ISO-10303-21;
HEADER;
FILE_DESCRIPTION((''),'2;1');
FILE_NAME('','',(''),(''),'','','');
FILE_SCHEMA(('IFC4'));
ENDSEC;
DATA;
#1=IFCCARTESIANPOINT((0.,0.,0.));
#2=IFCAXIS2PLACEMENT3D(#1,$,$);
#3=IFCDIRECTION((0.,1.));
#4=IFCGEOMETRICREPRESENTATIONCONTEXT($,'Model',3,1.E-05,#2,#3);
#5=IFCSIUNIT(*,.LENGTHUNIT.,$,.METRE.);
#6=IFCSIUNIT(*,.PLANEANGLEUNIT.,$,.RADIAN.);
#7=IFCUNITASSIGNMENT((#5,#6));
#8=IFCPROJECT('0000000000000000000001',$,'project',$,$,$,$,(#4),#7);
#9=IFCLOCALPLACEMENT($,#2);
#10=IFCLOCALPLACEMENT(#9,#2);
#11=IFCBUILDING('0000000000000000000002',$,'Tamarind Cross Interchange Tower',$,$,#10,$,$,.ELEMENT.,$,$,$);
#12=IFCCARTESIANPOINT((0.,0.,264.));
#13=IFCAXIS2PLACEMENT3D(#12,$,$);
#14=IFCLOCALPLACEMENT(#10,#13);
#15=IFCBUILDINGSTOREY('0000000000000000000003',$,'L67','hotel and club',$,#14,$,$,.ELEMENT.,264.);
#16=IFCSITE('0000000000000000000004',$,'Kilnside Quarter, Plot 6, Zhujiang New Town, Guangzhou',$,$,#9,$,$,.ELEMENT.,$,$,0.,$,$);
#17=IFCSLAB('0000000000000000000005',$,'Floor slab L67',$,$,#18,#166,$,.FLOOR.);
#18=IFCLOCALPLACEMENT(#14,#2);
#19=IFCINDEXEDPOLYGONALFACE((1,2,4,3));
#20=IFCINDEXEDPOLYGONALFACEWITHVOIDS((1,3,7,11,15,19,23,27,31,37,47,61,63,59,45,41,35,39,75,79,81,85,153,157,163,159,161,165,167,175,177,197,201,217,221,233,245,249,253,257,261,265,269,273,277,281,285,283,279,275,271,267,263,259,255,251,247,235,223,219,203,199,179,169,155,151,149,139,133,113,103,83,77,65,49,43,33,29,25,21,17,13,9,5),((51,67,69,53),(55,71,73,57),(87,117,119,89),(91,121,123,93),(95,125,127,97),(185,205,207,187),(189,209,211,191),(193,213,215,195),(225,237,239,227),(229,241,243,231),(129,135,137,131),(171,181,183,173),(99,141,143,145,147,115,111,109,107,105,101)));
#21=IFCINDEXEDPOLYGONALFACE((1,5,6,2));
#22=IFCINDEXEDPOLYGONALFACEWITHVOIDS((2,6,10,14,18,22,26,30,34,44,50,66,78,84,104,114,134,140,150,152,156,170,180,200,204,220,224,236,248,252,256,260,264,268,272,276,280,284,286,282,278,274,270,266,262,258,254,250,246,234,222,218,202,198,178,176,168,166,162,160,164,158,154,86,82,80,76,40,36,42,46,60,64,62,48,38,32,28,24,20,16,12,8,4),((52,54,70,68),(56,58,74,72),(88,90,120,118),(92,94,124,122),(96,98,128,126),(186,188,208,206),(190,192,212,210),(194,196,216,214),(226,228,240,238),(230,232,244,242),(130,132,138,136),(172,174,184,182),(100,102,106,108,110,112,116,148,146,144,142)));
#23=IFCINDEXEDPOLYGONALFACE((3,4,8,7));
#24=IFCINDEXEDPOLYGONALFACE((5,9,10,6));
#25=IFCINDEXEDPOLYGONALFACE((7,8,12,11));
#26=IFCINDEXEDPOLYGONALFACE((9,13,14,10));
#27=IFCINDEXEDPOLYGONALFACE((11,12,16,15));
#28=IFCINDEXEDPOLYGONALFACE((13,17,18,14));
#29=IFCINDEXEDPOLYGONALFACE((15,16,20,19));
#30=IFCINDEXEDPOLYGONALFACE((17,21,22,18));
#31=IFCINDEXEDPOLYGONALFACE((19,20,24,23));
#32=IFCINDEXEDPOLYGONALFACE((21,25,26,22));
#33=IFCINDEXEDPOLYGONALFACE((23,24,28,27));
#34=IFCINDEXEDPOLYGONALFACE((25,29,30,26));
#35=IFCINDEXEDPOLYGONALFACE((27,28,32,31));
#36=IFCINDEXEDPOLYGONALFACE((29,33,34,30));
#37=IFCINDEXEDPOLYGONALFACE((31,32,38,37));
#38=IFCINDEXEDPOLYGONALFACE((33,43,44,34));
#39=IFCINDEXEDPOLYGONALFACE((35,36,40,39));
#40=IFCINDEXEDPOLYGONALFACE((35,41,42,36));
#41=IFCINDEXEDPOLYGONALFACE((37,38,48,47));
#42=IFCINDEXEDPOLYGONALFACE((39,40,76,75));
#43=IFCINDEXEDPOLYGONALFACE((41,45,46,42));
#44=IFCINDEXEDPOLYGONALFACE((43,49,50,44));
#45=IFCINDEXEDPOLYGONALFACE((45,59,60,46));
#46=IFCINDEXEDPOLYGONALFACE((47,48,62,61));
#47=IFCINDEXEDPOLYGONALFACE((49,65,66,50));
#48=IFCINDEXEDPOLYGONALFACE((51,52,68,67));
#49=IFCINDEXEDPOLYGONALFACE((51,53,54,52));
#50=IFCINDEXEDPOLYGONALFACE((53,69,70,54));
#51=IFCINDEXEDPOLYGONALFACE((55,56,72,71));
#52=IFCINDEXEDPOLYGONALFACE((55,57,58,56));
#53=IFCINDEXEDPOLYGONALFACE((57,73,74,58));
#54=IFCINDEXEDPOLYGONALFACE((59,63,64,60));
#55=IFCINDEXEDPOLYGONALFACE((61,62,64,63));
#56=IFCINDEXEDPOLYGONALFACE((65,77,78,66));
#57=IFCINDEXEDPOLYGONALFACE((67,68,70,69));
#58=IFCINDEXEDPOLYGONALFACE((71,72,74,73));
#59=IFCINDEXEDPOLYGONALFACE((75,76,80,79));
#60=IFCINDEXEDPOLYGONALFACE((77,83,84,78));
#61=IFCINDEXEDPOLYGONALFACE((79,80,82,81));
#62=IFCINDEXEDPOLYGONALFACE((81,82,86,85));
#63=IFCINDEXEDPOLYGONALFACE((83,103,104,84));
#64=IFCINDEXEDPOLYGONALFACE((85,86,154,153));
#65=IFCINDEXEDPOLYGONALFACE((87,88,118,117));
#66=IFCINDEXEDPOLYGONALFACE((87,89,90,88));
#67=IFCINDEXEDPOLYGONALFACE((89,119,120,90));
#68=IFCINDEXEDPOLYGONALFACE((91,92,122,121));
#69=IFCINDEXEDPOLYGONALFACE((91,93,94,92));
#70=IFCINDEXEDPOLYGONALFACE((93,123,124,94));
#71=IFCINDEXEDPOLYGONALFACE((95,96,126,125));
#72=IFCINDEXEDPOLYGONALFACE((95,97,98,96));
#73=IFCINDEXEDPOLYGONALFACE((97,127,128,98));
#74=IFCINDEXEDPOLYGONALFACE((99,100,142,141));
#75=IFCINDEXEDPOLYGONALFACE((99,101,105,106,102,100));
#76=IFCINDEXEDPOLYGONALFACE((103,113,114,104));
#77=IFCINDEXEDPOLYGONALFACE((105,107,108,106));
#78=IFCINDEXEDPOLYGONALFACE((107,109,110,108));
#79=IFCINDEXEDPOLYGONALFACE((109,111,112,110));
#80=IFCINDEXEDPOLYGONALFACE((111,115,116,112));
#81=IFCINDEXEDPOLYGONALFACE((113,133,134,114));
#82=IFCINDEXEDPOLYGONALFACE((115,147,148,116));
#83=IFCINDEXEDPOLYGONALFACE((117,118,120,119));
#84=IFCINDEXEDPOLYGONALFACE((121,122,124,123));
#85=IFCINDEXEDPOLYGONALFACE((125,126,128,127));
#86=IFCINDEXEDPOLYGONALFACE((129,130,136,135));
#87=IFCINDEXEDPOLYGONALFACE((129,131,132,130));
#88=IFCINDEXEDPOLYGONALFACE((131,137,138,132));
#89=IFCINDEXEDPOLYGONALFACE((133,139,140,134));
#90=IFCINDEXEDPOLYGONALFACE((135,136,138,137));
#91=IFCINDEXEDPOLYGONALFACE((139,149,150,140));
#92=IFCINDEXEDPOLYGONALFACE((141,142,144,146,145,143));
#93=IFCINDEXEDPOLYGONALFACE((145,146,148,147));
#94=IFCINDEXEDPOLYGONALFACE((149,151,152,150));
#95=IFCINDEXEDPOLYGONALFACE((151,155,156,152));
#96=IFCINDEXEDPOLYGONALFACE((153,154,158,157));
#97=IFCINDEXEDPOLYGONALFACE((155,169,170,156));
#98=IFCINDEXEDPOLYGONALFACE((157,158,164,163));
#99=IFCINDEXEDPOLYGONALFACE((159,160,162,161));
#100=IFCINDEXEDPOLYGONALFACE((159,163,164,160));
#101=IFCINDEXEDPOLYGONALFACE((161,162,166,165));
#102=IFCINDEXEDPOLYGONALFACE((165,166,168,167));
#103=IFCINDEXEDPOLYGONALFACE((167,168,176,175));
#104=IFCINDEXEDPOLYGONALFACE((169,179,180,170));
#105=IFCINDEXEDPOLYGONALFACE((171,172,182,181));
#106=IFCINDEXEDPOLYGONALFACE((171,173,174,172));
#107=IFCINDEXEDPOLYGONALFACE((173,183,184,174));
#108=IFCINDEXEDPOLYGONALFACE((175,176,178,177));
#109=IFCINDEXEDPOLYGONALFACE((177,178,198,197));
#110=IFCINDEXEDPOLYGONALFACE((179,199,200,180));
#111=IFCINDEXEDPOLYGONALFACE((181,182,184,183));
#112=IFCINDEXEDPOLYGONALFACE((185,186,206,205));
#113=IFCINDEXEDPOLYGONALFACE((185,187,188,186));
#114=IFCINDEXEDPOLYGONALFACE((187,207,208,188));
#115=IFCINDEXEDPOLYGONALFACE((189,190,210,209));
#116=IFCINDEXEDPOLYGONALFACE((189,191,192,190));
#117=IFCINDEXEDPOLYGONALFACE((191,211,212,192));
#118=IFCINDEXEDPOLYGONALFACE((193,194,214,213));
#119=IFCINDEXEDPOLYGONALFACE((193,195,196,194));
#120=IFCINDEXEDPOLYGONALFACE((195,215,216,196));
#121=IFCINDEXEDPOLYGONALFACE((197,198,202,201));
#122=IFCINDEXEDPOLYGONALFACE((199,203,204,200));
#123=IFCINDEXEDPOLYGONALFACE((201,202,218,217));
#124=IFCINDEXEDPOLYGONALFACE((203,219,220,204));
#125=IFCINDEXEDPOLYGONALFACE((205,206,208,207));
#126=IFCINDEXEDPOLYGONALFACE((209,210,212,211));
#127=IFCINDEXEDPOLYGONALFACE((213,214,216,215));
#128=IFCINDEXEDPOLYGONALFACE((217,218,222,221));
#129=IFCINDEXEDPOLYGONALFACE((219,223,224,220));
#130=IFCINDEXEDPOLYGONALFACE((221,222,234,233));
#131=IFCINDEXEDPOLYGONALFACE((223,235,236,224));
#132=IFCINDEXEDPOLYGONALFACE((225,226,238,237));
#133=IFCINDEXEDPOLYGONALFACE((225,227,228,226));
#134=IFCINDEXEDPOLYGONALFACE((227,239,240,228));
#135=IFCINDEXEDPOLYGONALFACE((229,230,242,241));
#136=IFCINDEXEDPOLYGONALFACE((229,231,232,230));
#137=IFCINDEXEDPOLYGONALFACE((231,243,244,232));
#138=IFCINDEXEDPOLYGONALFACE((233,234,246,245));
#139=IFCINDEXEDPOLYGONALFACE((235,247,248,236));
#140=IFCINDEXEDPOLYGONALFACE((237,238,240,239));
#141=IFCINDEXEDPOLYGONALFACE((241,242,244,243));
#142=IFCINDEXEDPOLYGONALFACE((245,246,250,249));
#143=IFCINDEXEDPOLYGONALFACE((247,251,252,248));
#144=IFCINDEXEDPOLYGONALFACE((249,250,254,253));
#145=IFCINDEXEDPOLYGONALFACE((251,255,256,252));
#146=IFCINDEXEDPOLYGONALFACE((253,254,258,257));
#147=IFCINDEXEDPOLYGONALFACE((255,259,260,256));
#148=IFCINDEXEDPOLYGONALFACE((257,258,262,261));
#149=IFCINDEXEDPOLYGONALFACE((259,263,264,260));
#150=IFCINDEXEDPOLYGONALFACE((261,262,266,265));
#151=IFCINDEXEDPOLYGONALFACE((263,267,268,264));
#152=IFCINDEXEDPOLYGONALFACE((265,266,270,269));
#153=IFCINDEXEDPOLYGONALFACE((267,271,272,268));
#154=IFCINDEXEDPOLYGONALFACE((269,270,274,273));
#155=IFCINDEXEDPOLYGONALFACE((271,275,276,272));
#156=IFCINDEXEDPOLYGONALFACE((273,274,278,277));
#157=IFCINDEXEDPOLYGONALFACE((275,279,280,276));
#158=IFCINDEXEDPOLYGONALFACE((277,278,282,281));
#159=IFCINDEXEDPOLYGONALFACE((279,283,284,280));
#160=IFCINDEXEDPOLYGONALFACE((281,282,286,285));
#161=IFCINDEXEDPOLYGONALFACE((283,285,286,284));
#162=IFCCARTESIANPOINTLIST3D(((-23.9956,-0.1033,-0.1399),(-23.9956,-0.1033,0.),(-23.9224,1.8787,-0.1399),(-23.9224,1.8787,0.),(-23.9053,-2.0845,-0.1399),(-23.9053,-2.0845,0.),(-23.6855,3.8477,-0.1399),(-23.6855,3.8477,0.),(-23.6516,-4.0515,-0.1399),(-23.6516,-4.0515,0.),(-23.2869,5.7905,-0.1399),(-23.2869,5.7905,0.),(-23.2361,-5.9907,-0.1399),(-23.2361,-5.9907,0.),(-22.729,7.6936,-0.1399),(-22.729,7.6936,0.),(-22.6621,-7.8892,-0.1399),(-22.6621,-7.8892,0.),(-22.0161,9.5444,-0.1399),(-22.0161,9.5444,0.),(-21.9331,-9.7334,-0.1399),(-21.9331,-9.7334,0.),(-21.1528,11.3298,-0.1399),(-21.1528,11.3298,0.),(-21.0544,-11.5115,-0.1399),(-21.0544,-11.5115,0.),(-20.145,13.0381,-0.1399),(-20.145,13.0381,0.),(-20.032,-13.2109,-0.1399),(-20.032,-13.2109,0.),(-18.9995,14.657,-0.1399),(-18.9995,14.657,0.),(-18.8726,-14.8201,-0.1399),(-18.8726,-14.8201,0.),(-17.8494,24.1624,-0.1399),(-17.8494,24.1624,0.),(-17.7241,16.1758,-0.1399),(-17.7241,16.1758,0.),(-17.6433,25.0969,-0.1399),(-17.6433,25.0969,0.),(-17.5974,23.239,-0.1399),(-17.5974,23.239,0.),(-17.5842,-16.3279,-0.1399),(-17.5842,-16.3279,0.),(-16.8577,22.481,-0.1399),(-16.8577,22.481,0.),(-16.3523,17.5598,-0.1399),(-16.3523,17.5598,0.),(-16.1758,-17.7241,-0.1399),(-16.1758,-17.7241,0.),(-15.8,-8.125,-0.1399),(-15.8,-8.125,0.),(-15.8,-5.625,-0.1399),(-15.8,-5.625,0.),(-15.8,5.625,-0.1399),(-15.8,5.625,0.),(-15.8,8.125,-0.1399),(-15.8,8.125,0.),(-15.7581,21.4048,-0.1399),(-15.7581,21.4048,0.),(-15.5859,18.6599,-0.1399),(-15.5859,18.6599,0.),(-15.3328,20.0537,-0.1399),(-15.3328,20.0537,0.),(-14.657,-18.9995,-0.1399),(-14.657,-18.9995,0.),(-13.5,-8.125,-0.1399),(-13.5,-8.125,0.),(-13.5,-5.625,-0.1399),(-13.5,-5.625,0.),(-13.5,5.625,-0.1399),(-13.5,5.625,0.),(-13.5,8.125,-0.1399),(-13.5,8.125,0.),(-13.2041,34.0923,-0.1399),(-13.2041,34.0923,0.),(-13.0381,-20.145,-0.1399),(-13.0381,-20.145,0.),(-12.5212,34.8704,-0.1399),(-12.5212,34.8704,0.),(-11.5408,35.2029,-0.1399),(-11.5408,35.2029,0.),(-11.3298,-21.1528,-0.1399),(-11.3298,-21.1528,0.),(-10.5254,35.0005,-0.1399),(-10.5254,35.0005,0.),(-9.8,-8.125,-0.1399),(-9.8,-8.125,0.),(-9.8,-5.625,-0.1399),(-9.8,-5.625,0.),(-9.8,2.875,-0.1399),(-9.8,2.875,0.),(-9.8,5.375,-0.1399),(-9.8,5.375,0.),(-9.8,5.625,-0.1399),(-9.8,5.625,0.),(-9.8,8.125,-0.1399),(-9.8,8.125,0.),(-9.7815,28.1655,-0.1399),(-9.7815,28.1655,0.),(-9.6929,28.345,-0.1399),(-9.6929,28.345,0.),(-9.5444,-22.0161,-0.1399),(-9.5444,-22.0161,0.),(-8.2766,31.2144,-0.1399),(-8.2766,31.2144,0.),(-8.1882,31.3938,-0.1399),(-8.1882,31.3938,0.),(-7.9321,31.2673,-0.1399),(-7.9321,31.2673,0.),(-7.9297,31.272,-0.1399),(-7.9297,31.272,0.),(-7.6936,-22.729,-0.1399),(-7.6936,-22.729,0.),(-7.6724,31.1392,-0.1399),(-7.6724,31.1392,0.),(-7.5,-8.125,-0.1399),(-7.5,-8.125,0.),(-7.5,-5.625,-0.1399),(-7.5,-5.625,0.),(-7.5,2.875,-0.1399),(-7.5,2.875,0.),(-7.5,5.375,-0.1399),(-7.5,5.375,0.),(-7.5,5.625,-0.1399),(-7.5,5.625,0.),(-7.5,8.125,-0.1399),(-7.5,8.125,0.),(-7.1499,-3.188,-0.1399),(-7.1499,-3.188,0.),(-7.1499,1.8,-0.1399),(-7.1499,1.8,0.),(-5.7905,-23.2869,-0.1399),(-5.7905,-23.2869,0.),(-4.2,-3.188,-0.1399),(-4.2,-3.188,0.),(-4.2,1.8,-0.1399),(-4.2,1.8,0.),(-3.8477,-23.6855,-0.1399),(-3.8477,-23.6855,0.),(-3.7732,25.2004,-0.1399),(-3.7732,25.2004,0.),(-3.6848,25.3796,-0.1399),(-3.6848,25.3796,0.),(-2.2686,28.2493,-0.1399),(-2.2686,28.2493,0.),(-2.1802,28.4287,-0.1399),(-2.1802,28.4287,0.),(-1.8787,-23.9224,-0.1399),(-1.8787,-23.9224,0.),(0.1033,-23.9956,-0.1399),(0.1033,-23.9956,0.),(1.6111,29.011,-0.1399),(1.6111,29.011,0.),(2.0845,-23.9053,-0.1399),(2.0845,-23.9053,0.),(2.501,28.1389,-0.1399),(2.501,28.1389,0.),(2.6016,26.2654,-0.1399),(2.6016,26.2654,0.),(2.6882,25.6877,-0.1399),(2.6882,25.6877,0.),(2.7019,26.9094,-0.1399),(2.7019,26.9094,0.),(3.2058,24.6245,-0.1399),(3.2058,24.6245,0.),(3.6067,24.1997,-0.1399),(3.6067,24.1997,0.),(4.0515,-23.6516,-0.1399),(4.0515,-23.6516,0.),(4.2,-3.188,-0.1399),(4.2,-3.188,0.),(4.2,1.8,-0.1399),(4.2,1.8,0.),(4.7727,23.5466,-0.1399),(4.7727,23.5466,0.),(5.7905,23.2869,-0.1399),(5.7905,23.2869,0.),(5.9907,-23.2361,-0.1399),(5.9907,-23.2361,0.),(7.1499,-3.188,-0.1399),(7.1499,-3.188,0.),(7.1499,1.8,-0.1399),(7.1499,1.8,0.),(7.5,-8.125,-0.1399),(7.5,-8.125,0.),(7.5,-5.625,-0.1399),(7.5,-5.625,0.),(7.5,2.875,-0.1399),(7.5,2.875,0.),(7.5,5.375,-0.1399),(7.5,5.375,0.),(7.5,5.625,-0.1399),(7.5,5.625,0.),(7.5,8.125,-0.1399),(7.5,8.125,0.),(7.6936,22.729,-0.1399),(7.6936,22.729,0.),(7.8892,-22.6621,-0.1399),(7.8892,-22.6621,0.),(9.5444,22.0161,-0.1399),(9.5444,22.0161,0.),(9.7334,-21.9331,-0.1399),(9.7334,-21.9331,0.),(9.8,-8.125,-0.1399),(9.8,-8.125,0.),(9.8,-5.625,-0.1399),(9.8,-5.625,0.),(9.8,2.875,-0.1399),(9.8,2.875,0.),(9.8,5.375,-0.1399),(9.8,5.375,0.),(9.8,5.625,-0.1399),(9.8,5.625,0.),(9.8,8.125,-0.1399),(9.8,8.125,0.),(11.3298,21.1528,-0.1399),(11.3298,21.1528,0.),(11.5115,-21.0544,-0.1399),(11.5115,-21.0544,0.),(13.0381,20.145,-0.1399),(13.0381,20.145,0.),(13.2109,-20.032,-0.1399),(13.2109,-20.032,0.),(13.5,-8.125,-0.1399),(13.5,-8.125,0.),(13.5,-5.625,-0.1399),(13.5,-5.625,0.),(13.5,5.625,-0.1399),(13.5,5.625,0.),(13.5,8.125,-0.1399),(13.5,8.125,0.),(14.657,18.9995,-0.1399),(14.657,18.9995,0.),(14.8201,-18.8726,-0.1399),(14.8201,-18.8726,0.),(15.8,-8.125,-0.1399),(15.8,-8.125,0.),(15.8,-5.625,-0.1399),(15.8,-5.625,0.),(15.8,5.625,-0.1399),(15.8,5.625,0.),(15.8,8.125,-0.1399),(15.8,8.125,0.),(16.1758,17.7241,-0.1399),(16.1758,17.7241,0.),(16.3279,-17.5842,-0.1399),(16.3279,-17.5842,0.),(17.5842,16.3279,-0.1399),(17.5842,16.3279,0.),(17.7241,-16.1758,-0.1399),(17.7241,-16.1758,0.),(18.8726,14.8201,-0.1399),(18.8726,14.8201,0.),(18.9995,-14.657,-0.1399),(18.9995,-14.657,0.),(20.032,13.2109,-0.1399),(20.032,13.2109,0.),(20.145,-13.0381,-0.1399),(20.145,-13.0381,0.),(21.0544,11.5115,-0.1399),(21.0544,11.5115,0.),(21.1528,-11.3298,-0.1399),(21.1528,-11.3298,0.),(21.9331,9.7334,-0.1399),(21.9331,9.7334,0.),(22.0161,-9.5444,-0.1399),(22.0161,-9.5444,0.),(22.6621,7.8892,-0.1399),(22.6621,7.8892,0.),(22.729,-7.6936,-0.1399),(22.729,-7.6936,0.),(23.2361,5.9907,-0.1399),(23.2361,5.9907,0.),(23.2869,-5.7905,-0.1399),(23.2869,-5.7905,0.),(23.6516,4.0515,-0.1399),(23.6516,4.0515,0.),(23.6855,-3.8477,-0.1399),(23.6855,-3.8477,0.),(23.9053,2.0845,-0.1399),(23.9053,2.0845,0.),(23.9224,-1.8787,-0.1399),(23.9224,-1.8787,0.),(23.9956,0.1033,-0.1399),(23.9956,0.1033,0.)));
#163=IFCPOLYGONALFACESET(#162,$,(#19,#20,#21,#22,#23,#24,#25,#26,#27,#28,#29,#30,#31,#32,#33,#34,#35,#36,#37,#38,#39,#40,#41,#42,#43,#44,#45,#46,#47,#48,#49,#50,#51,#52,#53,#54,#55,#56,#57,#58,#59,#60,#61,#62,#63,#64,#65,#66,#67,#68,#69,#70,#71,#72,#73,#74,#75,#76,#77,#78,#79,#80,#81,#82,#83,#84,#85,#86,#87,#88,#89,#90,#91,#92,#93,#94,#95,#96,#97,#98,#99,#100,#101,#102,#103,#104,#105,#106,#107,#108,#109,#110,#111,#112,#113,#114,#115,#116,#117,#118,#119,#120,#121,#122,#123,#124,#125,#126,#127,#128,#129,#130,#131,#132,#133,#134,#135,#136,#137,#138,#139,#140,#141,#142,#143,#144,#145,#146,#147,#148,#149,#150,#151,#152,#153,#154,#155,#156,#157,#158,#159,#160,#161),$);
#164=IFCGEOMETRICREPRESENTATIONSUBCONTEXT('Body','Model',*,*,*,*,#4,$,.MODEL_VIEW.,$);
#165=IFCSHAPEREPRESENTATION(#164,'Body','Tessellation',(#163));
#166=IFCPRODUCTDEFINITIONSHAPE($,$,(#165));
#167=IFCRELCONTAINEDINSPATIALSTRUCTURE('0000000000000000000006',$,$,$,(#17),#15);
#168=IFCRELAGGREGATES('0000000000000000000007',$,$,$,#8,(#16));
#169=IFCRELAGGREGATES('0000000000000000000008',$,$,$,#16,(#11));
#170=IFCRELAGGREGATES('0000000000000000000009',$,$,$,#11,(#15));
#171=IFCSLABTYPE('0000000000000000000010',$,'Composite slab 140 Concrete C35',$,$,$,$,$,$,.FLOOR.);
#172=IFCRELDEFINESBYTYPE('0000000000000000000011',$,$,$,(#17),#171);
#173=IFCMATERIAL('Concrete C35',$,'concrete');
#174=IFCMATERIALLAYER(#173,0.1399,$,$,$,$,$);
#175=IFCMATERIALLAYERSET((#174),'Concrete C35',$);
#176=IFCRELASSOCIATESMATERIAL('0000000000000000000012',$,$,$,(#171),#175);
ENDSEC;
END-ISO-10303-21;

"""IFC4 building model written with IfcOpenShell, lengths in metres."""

from ifc_helpers import new_model, si_unit, direction, frame, origin, place, context, subcontext, project, spatial, polyline, outline, extrude, material, layer, layer_set, type_object, element, save


model = new_model("IFC4")

# Units and contexts
model_context = context("Model", 3, precision=1e-05, world=origin(), true_north=direction((0.0, 1.0)))
body_context = subcontext(model_context, "Body", "Model", "MODEL_VIEW")
ifc_project = project(units=[si_unit("LENGTHUNIT", "METRE"), si_unit("PLANEANGLEUNIT", "RADIAN")], contexts=[model_context])

# Site, building, storey
site_placement = place(None, origin())
site = spatial("IfcSite", under=ifc_project, at=site_placement, Name="Kilnside Quarter, Plot 6, Zhujiang New Town, Guangzhou", CompositionType="ELEMENT", RefElevation=0.0)
building_placement = place(site_placement, origin())
building = spatial("IfcBuilding", under=site, at=building_placement, Name="Tamarind Cross Interchange Tower", CompositionType="ELEMENT")
storey_placement = place(building_placement, frame((0.0, 0.0, 264.0)))
storey = spatial("IfcBuildingStorey", under=building, at=storey_placement, Name="L67", Description="hotel and club", CompositionType="ELEMENT", Elevation=264.0)

# Slab
ifc_material_1 = material(Name="Concrete C35", Category="concrete")
ifc_layer_1 = layer(ifc_material_1, 0.1399)
ifc_layer_set_1 = layer_set([ifc_layer_1], Name="Concrete C35")
slab_type = type_object("IfcSlabType", Name="Composite slab 140 Concrete C35", PredefinedType="FLOOR", material=ifc_layer_set_1)
slab_1_placement = place(storey_placement, frame((0.0, 0.0, -0.1399)))
element("IfcSlab", 1, at=slab_1_placement, inside=storey, type_object=slab_type, Name="Floor slab L67", PredefinedType="FLOOR", context=body_context, shape_type="SweptSolid", body=[
    extrude(outline(polyline([(2.501, 28.1389), (1.6111, 29.011), (-10.5254, 35.0005), (-11.5408, 35.2029), (-12.5212, 34.8704), (-13.2041, 34.0923), (-17.6433, 25.0969), (-17.8494, 24.1624), (-17.5974, 23.239), (-16.8577, 22.481), (-15.7581, 21.4048), (-15.3328, 20.0537), (-15.5859, 18.6599), (-16.3523, 17.5598), (-17.7241, 16.1758), (-18.9995, 14.657), (-20.145, 13.0381), (-21.1528, 11.3298), (-22.0161, 9.5444), (-22.729, 7.6936), (-23.2869, 5.7905), (-23.6855, 3.8477), (-23.9224, 1.8787), (-23.9956, -0.1033), (-23.9053, -2.0845), (-23.6516, -4.0515), (-23.2361, -5.9907), (-22.6621, -7.8892), (-21.9331, -9.7334), (-21.0544, -11.5115), (-20.032, -13.2109), (-18.8726, -14.8201), (-17.5842, -16.3279), (-16.1758, -17.7241), (-14.657, -18.9995), (-13.0381, -20.145), (-11.3298, -21.1528), (-9.5444, -22.0161), (-7.6936, -22.729), (-5.7905, -23.2869), (-3.8477, -23.6855), (-1.8787, -23.9224), (0.1033, -23.9956), (2.0845, -23.9053), (4.0515, -23.6516), (5.9907, -23.2361), (7.8892, -22.6621), (9.7334, -21.9331), (11.5115, -21.0544), (13.2109, -20.032), (14.8201, -18.8726), (16.3279, -17.5842), (17.7241, -16.1758), (18.9995, -14.657), (20.145, -13.0381), (21.1528, -11.3298), (22.0161, -9.5444), (22.729, -7.6936), (23.2869, -5.7905), (23.6855, -3.8477), (23.9224, -1.8787), (23.9956, 0.1033), (23.9053, 2.0845), (23.6516, 4.0515), (23.2361, 5.9907), (22.6621, 7.8892), (21.9331, 9.7334), (21.0544, 11.5115), (20.032, 13.2109), (18.8726, 14.8201), (17.5842, 16.3279), (16.1758, 17.7241), (14.657, 18.9995), (13.0381, 20.145), (11.3298, 21.1528), (9.5444, 22.0161), (7.6936, 22.729), (5.7905, 23.2869), (4.7727, 23.5466), (3.6067, 24.1997), (3.2058, 24.6245), (2.6882, 25.6877), (2.6016, 26.2654), (2.7019, 26.9094), (2.501, 28.1389)]), holes=[polyline([(-13.5, -5.625), (-13.5, -8.125), (-15.8, -8.125), (-15.8, -5.625), (-13.5, -5.625)]), polyline([(-7.5, -5.625), (-7.5, -8.125), (-9.8, -8.125), (-9.8, -5.625), (-7.5, -5.625)]), polyline([(-7.1499, 1.8), (-4.2, 1.8), (-4.2, -3.188), (-7.1499, -3.188), (-7.1499, 1.8)]), polyline([(-7.5, 5.375), (-7.5, 2.875), (-9.8, 2.875), (-9.8, 5.375), (-7.5, 5.375)]), polyline([(-13.5, 8.125), (-13.5, 5.625), (-15.8, 5.625), (-15.8, 8.125), (-13.5, 8.125)]), polyline([(-7.5, 8.125), (-7.5, 5.625), (-9.8, 5.625), (-9.8, 8.125), (-7.5, 8.125)]), polyline([(-7.6724, 31.1392), (-2.1802, 28.4287), (-2.2686, 28.2493), (-3.6848, 25.3796), (-3.7732, 25.2004), (-9.7815, 28.1655), (-9.6929, 28.345), (-8.2766, 31.2144), (-8.1882, 31.3938), (-7.9321, 31.2673), (-7.9297, 31.272), (-7.6724, 31.1392)]), polyline([(7.5, -8.125), (7.5, -5.625), (9.8, -5.625), (9.8, -8.125), (7.5, -8.125)]), polyline([(13.5, -8.125), (13.5, -5.625), (15.8, -5.625), (15.8, -8.125), (13.5, -8.125)]), polyline([(4.2, 1.8), (7.1499, 1.8), (7.1499, -3.188), (4.2, -3.188), (4.2, 1.8)]), polyline([(7.5, 2.875), (7.5, 5.375), (9.8, 5.375), (9.8, 2.875), (7.5, 2.875)]), polyline([(7.5, 5.625), (7.5, 8.125), (9.8, 8.125), (9.8, 5.625), (7.5, 5.625)]), polyline([(13.5, 5.625), (13.5, 8.125), (15.8, 8.125), (15.8, 5.625), (13.5, 5.625)])]), origin(), (0.0, 0.0, 1.0), 0.1399),
])

save(model, "model.ifc")
